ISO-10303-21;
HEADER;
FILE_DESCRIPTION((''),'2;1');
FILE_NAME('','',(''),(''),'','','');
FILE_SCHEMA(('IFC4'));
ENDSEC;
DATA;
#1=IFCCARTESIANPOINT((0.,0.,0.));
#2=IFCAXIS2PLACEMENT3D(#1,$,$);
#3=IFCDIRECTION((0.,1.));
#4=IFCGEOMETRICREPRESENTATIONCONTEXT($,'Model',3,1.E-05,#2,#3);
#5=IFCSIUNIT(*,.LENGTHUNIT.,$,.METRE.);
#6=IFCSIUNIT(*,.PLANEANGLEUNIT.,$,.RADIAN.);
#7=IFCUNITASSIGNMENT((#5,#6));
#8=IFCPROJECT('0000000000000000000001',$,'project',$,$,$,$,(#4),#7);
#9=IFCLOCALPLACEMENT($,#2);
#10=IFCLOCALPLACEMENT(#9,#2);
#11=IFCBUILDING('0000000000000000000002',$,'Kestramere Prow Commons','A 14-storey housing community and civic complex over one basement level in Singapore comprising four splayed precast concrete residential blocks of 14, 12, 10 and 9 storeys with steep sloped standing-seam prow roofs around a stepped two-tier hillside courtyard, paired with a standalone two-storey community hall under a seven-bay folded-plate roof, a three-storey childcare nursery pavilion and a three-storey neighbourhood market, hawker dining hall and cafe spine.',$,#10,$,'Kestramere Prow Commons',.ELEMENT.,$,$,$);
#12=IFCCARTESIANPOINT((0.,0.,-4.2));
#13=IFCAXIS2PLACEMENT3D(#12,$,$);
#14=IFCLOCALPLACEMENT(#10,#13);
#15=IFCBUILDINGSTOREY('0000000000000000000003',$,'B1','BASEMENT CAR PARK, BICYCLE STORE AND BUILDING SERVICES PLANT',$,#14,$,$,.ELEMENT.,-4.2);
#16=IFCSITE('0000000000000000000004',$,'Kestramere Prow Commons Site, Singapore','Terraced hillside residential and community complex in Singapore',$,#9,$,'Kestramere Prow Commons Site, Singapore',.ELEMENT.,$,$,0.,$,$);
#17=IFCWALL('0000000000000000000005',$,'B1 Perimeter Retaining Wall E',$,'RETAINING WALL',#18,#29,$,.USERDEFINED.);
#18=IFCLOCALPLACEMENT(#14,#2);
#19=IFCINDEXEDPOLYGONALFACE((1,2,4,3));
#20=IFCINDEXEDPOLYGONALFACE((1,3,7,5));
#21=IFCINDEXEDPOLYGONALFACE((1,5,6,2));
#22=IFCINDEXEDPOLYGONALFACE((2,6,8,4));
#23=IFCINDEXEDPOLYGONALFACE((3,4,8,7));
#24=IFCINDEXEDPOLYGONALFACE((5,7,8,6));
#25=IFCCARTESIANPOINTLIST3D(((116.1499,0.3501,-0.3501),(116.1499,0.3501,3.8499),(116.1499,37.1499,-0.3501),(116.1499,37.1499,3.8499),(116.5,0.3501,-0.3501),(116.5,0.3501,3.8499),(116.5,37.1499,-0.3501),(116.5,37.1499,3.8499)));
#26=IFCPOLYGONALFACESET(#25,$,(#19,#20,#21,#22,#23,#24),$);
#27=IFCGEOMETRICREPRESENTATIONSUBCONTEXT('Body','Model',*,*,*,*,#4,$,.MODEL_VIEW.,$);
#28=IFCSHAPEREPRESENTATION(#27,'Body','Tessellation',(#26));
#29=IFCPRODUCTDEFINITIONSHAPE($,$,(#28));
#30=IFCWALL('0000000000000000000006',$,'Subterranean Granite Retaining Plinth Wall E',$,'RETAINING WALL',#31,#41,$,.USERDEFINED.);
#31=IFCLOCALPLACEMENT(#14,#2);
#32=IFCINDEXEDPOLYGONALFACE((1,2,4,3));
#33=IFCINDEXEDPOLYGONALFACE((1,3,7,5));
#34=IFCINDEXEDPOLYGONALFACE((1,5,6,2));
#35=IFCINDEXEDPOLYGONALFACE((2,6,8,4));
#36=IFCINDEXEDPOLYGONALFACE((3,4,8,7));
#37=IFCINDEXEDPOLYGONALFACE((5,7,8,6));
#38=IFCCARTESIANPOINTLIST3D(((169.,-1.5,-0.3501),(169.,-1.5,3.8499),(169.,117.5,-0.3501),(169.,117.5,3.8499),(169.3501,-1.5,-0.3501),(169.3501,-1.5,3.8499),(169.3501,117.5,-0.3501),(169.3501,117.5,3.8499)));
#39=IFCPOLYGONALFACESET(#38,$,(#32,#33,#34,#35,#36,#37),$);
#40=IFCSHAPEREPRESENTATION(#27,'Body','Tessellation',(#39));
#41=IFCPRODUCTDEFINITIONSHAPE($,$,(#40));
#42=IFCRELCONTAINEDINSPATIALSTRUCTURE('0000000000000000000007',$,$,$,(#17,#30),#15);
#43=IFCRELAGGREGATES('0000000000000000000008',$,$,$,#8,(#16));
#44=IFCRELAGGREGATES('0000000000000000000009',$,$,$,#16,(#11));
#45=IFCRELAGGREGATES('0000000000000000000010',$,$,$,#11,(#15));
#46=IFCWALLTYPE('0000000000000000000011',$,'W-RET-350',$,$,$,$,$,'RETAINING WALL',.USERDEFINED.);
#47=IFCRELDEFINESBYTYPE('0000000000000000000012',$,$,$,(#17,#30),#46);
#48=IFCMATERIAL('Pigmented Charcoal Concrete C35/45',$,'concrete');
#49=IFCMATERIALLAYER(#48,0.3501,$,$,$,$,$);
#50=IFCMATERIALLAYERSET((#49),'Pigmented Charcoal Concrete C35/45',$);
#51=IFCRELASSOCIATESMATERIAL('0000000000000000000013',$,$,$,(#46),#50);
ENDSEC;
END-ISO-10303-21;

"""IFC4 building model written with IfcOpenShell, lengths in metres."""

from ifc_helpers import new_model, si_unit, direction, frame, frame_2d, origin, place, context, subcontext, project, spatial, rectangle, extrude, material, layer, layer_set, type_object, element, save


model = new_model("IFC4")

# Units and contexts
model_context = context("Model", 3, precision=1e-05, world=origin(), true_north=direction((0.0, 1.0)))
body_context = subcontext(model_context, "Body", "Model", "MODEL_VIEW")
ifc_project = project(units=[si_unit("LENGTHUNIT", "METRE"), si_unit("PLANEANGLEUNIT", "RADIAN")], contexts=[model_context])

# Site, building, storey
site_placement = place(None, origin())
site = spatial("IfcSite", under=ifc_project, at=site_placement, Name="Kestramere Prow Commons Site, Singapore", Description="Terraced hillside residential and community complex in Singapore", LongName="Kestramere Prow Commons Site, Singapore", CompositionType="ELEMENT", RefElevation=0.0)
building_placement = place(site_placement, origin())
building = spatial("IfcBuilding", under=site, at=building_placement, Name="Kestramere Prow Commons", Description="A 14-storey housing community and civic complex over one basement level in Singapore comprising four splayed precast concrete residential blocks of 14, 12, 10 and 9 storeys with steep sloped standing-seam prow roofs around a stepped two-tier hillside courtyard, paired with a standalone two-storey community hall under a seven-bay folded-plate roof, a three-storey childcare nursery pavilion and a three-storey neighbourhood market, hawker dining hall and cafe spine.", LongName="Kestramere Prow Commons", CompositionType="ELEMENT")
storey_placement = place(building_placement, frame((0.0, 0.0, -4.2)))
storey = spatial("IfcBuildingStorey", under=building, at=storey_placement, Name="B1", Description="BASEMENT CAR PARK, BICYCLE STORE AND BUILDING SERVICES PLANT", CompositionType="ELEMENT", Elevation=-4.2)

# Walls
ifc_material_1 = material(Name="Pigmented Charcoal Concrete C35/45", Category="concrete")
ifc_layer = layer(ifc_material_1, 0.3501)
ifc_layer_set = layer_set([ifc_layer], Name="Pigmented Charcoal Concrete C35/45")
wall_type = type_object("IfcWallType", Name="W-RET-350", ElementType="RETAINING WALL", PredefinedType="USERDEFINED", material=ifc_layer_set)
wall_1_placement = place(storey_placement, frame((116.325, 0.3501, -0.3501), z_axis=(0.0, 0.0, 1.0), x_axis=(0.0, 1.0, 0.0)))
element("IfcWall", 1, at=wall_1_placement, inside=storey, type_object=wall_type, Name="B1 Perimeter Retaining Wall E", ObjectType="RETAINING WALL", PredefinedType="USERDEFINED", context=body_context, shape_type="SweptSolid", body=[
    extrude(rectangle(XDim=36.7998, YDim=0.3501, at=frame_2d((18.3999, 0.0))), origin(), (0.0, 0.0, 1.0), 4.2),
])
wall_2_placement = place(storey_placement, frame((169.175, -1.5, -0.3501), z_axis=(0.0, 0.0, 1.0), x_axis=(0.0, 1.0, 0.0)))
element("IfcWall", 2, at=wall_2_placement, inside=storey, type_object=wall_type, Name="Subterranean Granite Retaining Plinth Wall E", ObjectType="RETAINING WALL", PredefinedType="USERDEFINED", context=body_context, shape_type="SweptSolid", body=[
    extrude(rectangle(XDim=119.0, YDim=0.3501, at=frame_2d((59.5, 0.0))), origin(), (0.0, 0.0, 1.0), 4.2),
])

save(model, "model.ifc")
